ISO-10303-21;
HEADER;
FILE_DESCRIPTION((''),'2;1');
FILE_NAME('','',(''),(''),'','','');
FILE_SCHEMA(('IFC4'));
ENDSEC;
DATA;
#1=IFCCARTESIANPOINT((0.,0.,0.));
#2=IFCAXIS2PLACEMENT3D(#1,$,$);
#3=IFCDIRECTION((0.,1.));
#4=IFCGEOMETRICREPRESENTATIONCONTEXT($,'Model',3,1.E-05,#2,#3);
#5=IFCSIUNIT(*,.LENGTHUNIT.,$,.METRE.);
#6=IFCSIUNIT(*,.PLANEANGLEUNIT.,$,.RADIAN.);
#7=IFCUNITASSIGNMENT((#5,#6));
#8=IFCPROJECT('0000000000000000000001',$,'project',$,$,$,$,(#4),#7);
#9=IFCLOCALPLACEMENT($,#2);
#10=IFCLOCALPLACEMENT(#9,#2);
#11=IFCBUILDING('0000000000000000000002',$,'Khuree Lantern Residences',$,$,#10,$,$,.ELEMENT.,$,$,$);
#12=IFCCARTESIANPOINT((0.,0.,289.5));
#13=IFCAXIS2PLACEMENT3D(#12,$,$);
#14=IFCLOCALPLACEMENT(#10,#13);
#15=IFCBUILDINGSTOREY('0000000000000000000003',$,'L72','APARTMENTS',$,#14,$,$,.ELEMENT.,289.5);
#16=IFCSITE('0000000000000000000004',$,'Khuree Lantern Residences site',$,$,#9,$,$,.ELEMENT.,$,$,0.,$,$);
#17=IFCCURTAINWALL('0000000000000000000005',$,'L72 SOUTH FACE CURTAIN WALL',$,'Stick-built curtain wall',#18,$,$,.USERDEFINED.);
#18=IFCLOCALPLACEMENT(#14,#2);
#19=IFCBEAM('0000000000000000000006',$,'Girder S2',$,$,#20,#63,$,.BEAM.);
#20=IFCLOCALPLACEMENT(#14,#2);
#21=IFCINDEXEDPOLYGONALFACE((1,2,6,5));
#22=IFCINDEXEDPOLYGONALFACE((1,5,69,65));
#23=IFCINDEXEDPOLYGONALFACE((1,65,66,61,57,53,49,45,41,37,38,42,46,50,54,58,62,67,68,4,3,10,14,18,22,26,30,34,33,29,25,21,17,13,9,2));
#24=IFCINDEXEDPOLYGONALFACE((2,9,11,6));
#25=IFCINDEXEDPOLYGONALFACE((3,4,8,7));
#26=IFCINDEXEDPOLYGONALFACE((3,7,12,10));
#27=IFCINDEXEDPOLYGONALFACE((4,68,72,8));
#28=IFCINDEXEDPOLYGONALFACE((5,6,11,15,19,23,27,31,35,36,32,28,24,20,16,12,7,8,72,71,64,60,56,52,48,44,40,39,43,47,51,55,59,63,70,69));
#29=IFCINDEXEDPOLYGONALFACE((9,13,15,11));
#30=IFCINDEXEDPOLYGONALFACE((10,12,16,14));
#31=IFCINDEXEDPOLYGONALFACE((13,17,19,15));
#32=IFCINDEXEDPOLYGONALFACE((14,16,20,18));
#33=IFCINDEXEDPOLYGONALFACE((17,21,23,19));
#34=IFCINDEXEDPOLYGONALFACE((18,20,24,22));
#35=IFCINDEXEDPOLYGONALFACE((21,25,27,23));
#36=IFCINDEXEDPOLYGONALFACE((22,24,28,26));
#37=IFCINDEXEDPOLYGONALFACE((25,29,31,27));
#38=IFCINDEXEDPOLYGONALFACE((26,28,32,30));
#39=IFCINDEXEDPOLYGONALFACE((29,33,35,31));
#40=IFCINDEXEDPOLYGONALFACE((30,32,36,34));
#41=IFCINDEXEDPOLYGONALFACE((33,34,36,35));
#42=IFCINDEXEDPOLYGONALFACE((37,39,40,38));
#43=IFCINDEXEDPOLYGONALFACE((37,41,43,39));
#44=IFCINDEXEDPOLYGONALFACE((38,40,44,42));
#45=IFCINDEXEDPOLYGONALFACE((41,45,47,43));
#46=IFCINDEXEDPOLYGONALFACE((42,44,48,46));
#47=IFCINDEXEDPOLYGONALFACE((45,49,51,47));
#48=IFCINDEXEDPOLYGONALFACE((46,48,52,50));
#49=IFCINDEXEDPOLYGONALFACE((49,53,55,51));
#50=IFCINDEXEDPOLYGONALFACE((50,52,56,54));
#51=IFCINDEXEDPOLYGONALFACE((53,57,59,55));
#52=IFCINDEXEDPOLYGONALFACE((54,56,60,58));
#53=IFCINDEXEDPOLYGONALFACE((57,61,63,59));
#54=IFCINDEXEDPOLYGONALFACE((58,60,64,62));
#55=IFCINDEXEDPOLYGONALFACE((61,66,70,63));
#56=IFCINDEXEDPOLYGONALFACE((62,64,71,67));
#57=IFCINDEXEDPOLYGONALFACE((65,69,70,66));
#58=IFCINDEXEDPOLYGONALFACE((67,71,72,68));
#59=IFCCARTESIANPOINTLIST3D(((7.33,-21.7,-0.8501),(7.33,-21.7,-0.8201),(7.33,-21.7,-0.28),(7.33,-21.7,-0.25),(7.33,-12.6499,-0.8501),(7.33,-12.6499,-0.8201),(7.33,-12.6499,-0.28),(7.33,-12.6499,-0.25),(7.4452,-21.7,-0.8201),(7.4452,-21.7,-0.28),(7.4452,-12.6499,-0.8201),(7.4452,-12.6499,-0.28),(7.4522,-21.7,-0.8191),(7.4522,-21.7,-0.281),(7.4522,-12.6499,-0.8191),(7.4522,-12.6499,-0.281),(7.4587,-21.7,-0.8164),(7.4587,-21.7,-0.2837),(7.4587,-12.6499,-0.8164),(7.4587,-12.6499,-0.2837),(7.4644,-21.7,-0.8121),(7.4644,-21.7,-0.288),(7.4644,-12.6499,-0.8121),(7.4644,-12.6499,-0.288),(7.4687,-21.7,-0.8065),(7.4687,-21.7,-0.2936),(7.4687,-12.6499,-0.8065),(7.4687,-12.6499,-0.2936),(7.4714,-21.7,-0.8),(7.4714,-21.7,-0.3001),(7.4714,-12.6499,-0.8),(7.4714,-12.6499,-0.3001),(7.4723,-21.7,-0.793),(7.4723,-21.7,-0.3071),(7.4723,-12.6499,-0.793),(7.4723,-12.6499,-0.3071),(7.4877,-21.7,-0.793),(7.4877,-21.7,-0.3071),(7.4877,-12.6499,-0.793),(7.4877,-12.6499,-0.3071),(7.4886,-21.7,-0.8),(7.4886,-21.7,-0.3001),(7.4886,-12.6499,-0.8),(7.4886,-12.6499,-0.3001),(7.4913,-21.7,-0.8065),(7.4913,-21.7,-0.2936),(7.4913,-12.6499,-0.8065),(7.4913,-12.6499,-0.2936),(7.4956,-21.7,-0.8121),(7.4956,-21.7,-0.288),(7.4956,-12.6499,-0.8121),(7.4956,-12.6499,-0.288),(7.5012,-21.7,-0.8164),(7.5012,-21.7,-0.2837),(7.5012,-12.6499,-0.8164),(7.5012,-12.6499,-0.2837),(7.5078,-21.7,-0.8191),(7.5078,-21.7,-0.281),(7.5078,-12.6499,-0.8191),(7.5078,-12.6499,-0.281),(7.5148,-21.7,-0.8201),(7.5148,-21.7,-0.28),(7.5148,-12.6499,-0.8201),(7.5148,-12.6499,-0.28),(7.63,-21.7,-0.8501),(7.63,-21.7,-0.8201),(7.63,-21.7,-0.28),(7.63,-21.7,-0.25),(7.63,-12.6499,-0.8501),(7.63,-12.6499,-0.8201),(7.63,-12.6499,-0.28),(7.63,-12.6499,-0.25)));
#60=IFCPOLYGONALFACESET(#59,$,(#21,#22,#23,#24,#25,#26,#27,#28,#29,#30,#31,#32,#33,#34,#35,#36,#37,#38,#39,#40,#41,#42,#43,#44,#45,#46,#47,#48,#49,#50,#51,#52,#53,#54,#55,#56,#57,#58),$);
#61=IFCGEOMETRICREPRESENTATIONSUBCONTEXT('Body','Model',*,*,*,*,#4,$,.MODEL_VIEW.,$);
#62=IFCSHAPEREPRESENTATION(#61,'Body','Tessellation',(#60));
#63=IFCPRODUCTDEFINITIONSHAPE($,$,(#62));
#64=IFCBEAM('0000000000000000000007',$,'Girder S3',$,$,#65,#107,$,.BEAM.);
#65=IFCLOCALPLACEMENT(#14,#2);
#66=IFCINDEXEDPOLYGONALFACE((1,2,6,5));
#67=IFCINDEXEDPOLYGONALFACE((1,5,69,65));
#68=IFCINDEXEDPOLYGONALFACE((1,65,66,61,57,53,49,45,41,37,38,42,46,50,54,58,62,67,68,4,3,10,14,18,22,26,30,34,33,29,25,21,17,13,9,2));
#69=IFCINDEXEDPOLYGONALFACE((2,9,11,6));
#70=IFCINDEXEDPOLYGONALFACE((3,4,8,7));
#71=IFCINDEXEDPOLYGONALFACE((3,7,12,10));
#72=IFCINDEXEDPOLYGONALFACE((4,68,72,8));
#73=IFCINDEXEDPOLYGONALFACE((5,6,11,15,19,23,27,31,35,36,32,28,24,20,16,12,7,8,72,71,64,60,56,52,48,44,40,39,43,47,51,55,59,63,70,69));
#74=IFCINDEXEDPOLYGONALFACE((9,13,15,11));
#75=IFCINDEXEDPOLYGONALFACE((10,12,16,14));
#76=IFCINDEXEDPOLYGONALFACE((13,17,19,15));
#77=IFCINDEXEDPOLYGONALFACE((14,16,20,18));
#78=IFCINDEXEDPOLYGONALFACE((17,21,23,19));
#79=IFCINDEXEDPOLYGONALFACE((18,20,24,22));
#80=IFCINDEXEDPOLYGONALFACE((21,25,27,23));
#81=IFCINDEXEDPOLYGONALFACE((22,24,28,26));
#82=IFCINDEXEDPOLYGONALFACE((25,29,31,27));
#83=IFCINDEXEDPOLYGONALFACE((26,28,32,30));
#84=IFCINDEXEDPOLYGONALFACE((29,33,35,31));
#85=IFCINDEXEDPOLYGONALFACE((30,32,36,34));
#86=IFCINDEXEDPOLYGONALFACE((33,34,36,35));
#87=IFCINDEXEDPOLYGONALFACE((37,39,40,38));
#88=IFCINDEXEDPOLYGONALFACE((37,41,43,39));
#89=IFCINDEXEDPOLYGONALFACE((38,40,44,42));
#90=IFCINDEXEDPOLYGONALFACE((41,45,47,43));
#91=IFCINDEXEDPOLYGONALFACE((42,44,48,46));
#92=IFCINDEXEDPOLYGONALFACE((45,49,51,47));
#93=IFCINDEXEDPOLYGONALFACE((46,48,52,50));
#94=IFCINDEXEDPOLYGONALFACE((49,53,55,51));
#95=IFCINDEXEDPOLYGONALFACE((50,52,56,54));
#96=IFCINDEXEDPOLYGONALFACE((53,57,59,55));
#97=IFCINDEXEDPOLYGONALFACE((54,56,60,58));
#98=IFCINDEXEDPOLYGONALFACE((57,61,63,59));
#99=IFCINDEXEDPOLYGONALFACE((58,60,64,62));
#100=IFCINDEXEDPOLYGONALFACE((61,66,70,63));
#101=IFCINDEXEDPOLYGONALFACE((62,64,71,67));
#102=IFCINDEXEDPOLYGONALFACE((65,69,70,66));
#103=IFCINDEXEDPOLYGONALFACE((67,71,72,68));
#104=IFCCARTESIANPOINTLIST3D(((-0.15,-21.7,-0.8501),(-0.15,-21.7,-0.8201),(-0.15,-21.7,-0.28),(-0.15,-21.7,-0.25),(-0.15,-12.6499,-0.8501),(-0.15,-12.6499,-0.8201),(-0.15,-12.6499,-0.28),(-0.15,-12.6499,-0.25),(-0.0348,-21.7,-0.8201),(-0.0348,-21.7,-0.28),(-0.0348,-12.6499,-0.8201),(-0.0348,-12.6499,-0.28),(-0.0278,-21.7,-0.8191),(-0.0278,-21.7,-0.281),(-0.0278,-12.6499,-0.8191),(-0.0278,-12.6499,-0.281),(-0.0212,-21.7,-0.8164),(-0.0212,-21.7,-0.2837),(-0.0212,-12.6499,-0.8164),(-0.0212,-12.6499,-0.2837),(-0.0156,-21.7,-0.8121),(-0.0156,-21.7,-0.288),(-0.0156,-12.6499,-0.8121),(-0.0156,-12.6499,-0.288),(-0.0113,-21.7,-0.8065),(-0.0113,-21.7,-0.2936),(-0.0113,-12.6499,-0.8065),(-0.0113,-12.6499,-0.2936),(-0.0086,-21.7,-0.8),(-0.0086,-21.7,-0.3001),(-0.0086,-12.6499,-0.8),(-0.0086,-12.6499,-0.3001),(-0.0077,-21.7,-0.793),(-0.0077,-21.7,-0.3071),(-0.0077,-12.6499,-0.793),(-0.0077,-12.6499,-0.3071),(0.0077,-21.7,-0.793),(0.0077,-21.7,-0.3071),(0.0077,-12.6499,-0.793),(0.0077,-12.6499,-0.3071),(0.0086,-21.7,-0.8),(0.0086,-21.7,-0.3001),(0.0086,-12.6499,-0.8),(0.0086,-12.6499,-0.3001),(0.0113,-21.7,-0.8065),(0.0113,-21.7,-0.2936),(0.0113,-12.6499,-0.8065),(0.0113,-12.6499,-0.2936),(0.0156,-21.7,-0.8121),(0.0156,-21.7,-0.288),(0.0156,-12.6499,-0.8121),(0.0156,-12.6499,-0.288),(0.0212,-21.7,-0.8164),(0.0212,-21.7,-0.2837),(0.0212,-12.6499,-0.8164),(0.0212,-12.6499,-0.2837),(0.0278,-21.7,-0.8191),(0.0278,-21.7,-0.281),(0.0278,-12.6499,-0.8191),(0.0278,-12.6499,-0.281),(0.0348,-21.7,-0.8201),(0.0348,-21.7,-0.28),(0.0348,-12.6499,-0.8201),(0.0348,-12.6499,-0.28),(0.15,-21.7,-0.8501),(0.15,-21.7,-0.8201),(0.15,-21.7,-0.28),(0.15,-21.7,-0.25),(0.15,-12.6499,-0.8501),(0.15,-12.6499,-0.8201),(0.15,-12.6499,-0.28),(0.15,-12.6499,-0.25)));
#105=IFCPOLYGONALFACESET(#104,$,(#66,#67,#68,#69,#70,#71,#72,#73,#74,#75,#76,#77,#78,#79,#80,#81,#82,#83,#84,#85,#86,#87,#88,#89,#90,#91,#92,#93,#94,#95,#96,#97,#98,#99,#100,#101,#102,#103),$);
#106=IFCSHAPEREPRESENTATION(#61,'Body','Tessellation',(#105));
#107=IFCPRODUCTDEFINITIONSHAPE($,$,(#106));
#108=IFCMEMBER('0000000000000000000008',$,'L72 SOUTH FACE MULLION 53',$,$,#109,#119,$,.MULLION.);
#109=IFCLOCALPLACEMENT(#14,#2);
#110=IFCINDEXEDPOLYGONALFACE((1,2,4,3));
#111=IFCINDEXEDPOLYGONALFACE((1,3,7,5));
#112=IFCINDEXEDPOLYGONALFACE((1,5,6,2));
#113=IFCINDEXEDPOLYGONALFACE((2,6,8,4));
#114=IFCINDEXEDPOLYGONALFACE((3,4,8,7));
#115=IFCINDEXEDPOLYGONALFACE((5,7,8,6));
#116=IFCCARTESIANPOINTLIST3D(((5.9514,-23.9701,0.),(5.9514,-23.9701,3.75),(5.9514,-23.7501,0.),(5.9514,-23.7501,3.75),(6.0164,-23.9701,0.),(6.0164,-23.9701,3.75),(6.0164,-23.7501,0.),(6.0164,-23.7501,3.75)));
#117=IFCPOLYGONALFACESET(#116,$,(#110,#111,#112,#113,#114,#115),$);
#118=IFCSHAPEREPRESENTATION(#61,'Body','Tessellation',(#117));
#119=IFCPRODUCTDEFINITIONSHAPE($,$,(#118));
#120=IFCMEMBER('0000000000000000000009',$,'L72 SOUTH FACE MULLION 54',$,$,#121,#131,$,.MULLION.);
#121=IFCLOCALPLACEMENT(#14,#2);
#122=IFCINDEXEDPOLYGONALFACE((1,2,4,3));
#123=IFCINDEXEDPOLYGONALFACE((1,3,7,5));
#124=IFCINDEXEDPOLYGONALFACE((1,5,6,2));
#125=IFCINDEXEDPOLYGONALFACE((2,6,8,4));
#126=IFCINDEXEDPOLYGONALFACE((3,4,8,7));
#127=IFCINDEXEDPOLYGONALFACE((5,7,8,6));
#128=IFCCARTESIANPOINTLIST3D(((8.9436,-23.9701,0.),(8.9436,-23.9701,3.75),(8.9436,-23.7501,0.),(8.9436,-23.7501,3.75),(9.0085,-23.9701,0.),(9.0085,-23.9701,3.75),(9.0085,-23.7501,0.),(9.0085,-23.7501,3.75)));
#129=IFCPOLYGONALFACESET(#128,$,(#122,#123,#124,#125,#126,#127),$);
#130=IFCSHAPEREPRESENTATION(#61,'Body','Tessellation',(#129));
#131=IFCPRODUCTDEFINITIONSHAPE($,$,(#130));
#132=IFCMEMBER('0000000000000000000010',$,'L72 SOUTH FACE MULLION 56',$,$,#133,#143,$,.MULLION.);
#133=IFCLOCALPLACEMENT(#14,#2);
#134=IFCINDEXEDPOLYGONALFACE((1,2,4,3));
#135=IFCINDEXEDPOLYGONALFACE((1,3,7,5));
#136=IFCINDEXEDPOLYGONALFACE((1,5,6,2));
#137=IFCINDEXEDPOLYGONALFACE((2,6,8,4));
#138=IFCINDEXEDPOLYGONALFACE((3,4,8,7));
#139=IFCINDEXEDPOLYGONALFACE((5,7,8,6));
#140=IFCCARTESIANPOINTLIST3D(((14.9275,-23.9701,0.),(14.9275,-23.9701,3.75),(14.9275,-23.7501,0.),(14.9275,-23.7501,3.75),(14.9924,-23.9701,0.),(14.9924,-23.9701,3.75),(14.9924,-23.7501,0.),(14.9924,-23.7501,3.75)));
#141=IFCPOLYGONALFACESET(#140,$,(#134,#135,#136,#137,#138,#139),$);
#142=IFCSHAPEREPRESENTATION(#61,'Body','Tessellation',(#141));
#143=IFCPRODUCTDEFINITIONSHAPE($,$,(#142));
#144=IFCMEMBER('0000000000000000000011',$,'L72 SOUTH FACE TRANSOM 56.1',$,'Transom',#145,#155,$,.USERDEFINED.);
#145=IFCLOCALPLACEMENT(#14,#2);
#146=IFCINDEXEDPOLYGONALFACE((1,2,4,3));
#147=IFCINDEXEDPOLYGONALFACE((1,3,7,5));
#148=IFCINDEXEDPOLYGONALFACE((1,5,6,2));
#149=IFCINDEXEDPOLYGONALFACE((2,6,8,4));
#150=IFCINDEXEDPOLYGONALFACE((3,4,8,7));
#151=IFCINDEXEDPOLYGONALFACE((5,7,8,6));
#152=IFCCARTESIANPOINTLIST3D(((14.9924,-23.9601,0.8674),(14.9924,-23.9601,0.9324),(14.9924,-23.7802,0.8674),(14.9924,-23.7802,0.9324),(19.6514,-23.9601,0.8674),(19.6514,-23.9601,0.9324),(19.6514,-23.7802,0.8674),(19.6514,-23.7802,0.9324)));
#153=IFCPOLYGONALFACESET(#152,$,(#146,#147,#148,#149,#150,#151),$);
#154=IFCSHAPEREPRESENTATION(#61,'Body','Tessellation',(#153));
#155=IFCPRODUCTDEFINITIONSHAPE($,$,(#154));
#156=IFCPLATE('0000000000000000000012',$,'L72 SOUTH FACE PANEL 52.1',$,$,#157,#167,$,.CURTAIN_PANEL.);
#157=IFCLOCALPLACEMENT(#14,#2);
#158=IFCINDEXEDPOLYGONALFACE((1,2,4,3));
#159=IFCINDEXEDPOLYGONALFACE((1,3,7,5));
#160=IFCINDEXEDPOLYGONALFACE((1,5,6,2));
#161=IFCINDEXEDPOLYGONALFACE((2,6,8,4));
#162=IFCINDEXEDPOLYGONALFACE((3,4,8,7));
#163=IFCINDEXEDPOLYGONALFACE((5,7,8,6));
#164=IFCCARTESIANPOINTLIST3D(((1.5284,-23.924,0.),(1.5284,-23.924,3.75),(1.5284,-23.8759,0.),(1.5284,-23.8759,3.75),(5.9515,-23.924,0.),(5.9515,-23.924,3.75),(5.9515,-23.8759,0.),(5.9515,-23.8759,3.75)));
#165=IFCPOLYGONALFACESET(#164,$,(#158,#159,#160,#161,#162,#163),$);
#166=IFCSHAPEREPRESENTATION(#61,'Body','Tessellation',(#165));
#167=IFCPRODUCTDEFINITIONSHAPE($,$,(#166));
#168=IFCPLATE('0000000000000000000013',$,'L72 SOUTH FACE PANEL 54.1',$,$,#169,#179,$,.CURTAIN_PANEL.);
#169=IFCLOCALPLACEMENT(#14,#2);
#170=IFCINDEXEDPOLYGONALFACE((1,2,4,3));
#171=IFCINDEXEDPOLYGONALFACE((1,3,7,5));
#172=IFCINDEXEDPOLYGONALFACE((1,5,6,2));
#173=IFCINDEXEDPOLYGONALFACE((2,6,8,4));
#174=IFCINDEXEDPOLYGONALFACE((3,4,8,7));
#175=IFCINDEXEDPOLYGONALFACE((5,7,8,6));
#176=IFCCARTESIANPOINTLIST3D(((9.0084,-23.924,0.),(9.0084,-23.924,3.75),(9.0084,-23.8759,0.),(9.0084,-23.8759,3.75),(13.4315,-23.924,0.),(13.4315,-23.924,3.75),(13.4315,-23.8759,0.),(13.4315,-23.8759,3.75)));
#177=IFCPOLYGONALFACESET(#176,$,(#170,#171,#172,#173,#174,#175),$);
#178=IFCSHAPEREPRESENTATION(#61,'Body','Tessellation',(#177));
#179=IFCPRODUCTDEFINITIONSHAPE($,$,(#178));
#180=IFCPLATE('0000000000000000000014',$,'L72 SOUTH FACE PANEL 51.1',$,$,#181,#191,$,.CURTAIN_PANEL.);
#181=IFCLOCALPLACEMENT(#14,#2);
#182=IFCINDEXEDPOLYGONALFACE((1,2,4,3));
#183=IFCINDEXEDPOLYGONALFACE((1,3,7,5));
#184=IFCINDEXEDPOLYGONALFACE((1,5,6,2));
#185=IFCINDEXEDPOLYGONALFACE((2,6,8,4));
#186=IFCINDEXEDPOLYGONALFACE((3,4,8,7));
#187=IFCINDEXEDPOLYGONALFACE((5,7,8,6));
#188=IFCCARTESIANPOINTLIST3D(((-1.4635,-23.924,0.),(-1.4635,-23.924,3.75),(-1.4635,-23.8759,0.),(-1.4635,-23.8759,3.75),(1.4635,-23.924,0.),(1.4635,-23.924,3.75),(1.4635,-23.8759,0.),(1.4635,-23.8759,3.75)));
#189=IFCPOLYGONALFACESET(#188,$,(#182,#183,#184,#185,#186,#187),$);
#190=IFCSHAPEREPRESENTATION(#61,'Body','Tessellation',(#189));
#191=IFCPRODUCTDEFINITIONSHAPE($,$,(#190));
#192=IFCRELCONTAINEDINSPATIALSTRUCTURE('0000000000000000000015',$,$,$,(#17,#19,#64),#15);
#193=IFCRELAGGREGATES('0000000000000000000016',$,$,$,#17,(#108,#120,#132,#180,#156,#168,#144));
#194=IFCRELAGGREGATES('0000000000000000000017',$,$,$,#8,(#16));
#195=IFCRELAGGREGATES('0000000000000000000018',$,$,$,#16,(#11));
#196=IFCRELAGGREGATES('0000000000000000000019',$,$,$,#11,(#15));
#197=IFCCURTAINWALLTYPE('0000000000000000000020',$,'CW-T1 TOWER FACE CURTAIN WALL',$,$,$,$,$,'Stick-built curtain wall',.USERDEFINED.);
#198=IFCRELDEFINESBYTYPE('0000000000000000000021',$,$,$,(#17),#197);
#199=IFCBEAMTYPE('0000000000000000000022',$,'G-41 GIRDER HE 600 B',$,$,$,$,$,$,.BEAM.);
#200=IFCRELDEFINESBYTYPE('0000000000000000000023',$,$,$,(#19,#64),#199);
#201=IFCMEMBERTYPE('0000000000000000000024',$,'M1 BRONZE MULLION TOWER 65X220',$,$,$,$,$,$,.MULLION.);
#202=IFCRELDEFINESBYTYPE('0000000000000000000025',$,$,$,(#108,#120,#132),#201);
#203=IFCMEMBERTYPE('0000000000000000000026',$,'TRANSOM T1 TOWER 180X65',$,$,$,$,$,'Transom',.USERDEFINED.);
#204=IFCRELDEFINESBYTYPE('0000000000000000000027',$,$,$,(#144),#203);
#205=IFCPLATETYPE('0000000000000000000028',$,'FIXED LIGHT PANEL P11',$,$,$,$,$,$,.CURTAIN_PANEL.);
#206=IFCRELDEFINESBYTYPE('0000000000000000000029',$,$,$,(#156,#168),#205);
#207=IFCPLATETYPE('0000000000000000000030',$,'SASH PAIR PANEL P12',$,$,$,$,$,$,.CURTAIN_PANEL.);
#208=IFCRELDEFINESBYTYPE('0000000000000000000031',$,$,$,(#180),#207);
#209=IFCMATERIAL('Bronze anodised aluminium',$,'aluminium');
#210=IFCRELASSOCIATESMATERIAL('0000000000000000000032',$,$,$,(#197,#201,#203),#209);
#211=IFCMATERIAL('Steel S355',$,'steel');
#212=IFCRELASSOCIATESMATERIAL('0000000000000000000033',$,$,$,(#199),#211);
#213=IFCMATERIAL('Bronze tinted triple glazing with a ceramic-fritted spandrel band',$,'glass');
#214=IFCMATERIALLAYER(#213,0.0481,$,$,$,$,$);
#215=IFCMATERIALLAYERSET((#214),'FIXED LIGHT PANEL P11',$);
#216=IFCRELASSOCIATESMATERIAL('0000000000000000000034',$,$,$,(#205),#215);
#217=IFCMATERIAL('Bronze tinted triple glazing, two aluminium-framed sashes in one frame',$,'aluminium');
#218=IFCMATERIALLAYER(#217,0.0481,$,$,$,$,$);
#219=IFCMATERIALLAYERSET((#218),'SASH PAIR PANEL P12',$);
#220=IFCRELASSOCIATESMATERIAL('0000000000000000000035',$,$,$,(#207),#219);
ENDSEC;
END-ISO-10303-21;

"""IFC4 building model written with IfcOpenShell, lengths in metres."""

from ifc_helpers import new_model, si_unit, direction, frame, origin, origin_2d, place, context, subcontext, project, spatial, rectangle, i_section, extrude, material, layer, layer_set, material_profile, profile_set, type_object, element, aggregate, save


model = new_model("IFC4")

# Units and contexts
model_context = context("Model", 3, precision=1e-05, world=origin(), true_north=direction((0.0, 1.0)))
body_context = subcontext(model_context, "Body", "Model", "MODEL_VIEW")
ifc_project = project(units=[si_unit("LENGTHUNIT", "METRE"), si_unit("PLANEANGLEUNIT", "RADIAN")], contexts=[model_context])

# Site, building, storey
site_placement = place(None, origin())
site = spatial("IfcSite", under=ifc_project, at=site_placement, Name="Khuree Lantern Residences site", CompositionType="ELEMENT", RefElevation=0.0)
building_placement = place(site_placement, origin())
building = spatial("IfcBuilding", under=site, at=building_placement, Name="Khuree Lantern Residences", CompositionType="ELEMENT")
storey_placement = place(building_placement, frame((0.0, 0.0, 289.5)))
storey = spatial("IfcBuildingStorey", under=building, at=storey_placement, Name="L72", Description="APARTMENTS", CompositionType="ELEMENT", Elevation=289.5)

# Shared definitions
ifc_material_1 = material(Name="Steel S355", Category="steel")

# Curtain wall
ifc_material_2 = material(Name="Bronze anodised aluminium", Category="aluminium")
curtain_wall_type = type_object("IfcCurtainWallType", Name="CW-T1 TOWER FACE CURTAIN WALL", ElementType="Stick-built curtain wall", PredefinedType="USERDEFINED", material=ifc_material_2)
curtain_wall_placement = place(storey_placement, origin())
curtain_wall = element("IfcCurtainWall", 1, at=curtain_wall_placement, inside=storey, type_object=curtain_wall_type, Name="L72 SOUTH FACE CURTAIN WALL", ObjectType="Stick-built curtain wall", PredefinedType="USERDEFINED")

# Beams
ifc_material_profile_1 = material_profile(ifc_material_1, i_section(OverallWidth=0.3, OverallDepth=0.6001, WebThickness=0.0154, FlangeThickness=0.03, FilletRadius=0.0271, at=origin_2d()), Name="HE 600 B")
ifc_profile_set_1 = profile_set([ifc_material_profile_1], Name="Steel S355")
beam_type_1 = type_object("IfcBeamType", Name="G-41 GIRDER HE 600 B", PredefinedType="BEAM", material=ifc_profile_set_1)
for number, where, z_axis, x_axis, name in (
    (2, (7.48, -21.7, -0.55), (0.0, 1.0, 0.0), (-1.0, 0.0, 0.0), "Girder S2"),
    (3, (0.0, -21.7, -0.55), (0.0, 1.0, 0.0), (-1.0, 0.0, 0.0), "Girder S3"),
):
    element("IfcBeam", number, at=place(storey_placement, frame(where, z_axis=z_axis, x_axis=x_axis)), inside=storey, type_object=beam_type_1, Name=name, PredefinedType="BEAM", context=body_context, shape_type="SweptSolid", body=[
        extrude(i_section(OverallWidth=0.3, OverallDepth=0.6001, WebThickness=0.0154, FlangeThickness=0.03, FilletRadius=0.0271, at=origin_2d()), origin(), (0.0, 0.0, 1.0), 9.05),
    ])

# Members
ifc_material_profile_2 = material_profile(ifc_material_2, rectangle(XDim=0.0649, YDim=0.22, at=origin_2d()), Name="M1 65X220")
ifc_profile_set_2 = profile_set([ifc_material_profile_2], Name="Bronze anodised aluminium")
member_type_1 = type_object("IfcMemberType", Name="M1 BRONZE MULLION TOWER 65X220", PredefinedType="MULLION", material=ifc_profile_set_2)
member_1_placement = place(storey_placement, frame((5.9839, -23.8601, 0.0), z_axis=(0.0, 0.0, 1.0), x_axis=(1.0, 0.0, 0.0)))
member_1 = element("IfcMember", 4, at=member_1_placement, type_object=member_type_1, Name="L72 SOUTH FACE MULLION 53", PredefinedType="MULLION", context=body_context, shape_type="SweptSolid", body=[
    extrude(rectangle(XDim=0.0649, YDim=0.22, at=origin_2d()), origin(), (0.0, 0.0, 1.0), 3.75),
])
member_2_placement = place(storey_placement, frame((8.9761, -23.8601, 0.0), z_axis=(0.0, 0.0, 1.0), x_axis=(1.0, 0.0, 0.0)))
member_2 = element("IfcMember", 5, at=member_2_placement, type_object=member_type_1, Name="L72 SOUTH FACE MULLION 54", PredefinedType="MULLION", context=body_context, shape_type="SweptSolid", body=[
    extrude(rectangle(XDim=0.0649, YDim=0.22, at=origin_2d()), origin(), (0.0, 0.0, 1.0), 3.75),
])
member_3_placement = place(storey_placement, frame((14.96, -23.8601, 0.0), z_axis=(0.0, 0.0, 1.0), x_axis=(1.0, 0.0, 0.0)))
member_3 = element("IfcMember", 6, at=member_3_placement, type_object=member_type_1, Name="L72 SOUTH FACE MULLION 56", PredefinedType="MULLION", context=body_context, shape_type="SweptSolid", body=[
    extrude(rectangle(XDim=0.0649, YDim=0.22, at=origin_2d()), origin(), (0.0, 0.0, 1.0), 3.75),
])
ifc_material_profile_3 = material_profile(ifc_material_2, rectangle(XDim=0.1799, YDim=0.0649, at=origin_2d()), Name="T1 180X65")
ifc_profile_set_3 = profile_set([ifc_material_profile_3], Name="Bronze anodised aluminium")
member_type_2 = type_object("IfcMemberType", Name="TRANSOM T1 TOWER 180X65", ElementType="Transom", PredefinedType="USERDEFINED", material=ifc_profile_set_3)
member_4_placement = place(storey_placement, frame((14.9924, -23.8701, 0.8999), z_axis=(1.0, 0.0, 0.0), x_axis=(0.0, 1.0, 0.0)))
member_4 = element("IfcMember", 7, at=member_4_placement, type_object=member_type_2, Name="L72 SOUTH FACE TRANSOM 56.1", ObjectType="Transom", PredefinedType="USERDEFINED", context=body_context, shape_type="SweptSolid", body=[
    extrude(rectangle(XDim=0.1799, YDim=0.0649, at=origin_2d()), origin(), (0.0, 0.0, 1.0), 4.6589),
])

# Plates
ifc_material_3 = material(Name="Bronze tinted triple glazing with a ceramic-fritted spandrel band", Category="glass")
ifc_layer_1 = layer(ifc_material_3, 0.0481)
ifc_layer_set_1 = layer_set([ifc_layer_1], Name="FIXED LIGHT PANEL P11")
plate_type_1 = type_object("IfcPlateType", Name="FIXED LIGHT PANEL P11", PredefinedType="CURTAIN_PANEL", material=ifc_layer_set_1)
plate_1_placement = place(storey_placement, frame((3.74, -23.8999, 0.0), z_axis=(0.0, 0.0, 1.0), x_axis=(1.0, 0.0, 0.0)))
plate_1 = element("IfcPlate", 8, at=plate_1_placement, type_object=plate_type_1, Name="L72 SOUTH FACE PANEL 52.1", PredefinedType="CURTAIN_PANEL", context=body_context, shape_type="SweptSolid", body=[
    extrude(rectangle(XDim=4.4231, YDim=0.0481, at=origin_2d()), origin(), (0.0, 0.0, 1.0), 3.75),
])
plate_2_placement = place(storey_placement, frame((11.22, -23.8999, 0.0), z_axis=(0.0, 0.0, 1.0), x_axis=(1.0, 0.0, 0.0)))
plate_2 = element("IfcPlate", 9, at=plate_2_placement, type_object=plate_type_1, Name="L72 SOUTH FACE PANEL 54.1", PredefinedType="CURTAIN_PANEL", context=body_context, shape_type="SweptSolid", body=[
    extrude(rectangle(XDim=4.4231, YDim=0.0481, at=origin_2d()), origin(), (0.0, 0.0, 1.0), 3.75),
])
ifc_material_4 = material(Name="Bronze tinted triple glazing, two aluminium-framed sashes in one frame", Category="aluminium")
ifc_layer_2 = layer(ifc_material_4, 0.0481)
ifc_layer_set_2 = layer_set([ifc_layer_2], Name="SASH PAIR PANEL P12")
plate_type_2 = type_object("IfcPlateType", Name="SASH PAIR PANEL P12", PredefinedType="CURTAIN_PANEL", material=ifc_layer_set_2)
plate_3_placement = place(storey_placement, frame((0.0, -23.8999, 0.0), z_axis=(0.0, 0.0, 1.0), x_axis=(1.0, 0.0, 0.0)))
plate_3 = element("IfcPlate", 10, at=plate_3_placement, type_object=plate_type_2, Name="L72 SOUTH FACE PANEL 51.1", PredefinedType="CURTAIN_PANEL", context=body_context, shape_type="SweptSolid", body=[
    extrude(rectangle(XDim=2.927, YDim=0.0481, at=origin_2d()), origin(), (0.0, 0.0, 1.0), 3.75),
])
aggregate(curtain_wall, [member_1, member_2, member_3, plate_3, plate_1, plate_2, member_4])

save(model, "model.ifc")
